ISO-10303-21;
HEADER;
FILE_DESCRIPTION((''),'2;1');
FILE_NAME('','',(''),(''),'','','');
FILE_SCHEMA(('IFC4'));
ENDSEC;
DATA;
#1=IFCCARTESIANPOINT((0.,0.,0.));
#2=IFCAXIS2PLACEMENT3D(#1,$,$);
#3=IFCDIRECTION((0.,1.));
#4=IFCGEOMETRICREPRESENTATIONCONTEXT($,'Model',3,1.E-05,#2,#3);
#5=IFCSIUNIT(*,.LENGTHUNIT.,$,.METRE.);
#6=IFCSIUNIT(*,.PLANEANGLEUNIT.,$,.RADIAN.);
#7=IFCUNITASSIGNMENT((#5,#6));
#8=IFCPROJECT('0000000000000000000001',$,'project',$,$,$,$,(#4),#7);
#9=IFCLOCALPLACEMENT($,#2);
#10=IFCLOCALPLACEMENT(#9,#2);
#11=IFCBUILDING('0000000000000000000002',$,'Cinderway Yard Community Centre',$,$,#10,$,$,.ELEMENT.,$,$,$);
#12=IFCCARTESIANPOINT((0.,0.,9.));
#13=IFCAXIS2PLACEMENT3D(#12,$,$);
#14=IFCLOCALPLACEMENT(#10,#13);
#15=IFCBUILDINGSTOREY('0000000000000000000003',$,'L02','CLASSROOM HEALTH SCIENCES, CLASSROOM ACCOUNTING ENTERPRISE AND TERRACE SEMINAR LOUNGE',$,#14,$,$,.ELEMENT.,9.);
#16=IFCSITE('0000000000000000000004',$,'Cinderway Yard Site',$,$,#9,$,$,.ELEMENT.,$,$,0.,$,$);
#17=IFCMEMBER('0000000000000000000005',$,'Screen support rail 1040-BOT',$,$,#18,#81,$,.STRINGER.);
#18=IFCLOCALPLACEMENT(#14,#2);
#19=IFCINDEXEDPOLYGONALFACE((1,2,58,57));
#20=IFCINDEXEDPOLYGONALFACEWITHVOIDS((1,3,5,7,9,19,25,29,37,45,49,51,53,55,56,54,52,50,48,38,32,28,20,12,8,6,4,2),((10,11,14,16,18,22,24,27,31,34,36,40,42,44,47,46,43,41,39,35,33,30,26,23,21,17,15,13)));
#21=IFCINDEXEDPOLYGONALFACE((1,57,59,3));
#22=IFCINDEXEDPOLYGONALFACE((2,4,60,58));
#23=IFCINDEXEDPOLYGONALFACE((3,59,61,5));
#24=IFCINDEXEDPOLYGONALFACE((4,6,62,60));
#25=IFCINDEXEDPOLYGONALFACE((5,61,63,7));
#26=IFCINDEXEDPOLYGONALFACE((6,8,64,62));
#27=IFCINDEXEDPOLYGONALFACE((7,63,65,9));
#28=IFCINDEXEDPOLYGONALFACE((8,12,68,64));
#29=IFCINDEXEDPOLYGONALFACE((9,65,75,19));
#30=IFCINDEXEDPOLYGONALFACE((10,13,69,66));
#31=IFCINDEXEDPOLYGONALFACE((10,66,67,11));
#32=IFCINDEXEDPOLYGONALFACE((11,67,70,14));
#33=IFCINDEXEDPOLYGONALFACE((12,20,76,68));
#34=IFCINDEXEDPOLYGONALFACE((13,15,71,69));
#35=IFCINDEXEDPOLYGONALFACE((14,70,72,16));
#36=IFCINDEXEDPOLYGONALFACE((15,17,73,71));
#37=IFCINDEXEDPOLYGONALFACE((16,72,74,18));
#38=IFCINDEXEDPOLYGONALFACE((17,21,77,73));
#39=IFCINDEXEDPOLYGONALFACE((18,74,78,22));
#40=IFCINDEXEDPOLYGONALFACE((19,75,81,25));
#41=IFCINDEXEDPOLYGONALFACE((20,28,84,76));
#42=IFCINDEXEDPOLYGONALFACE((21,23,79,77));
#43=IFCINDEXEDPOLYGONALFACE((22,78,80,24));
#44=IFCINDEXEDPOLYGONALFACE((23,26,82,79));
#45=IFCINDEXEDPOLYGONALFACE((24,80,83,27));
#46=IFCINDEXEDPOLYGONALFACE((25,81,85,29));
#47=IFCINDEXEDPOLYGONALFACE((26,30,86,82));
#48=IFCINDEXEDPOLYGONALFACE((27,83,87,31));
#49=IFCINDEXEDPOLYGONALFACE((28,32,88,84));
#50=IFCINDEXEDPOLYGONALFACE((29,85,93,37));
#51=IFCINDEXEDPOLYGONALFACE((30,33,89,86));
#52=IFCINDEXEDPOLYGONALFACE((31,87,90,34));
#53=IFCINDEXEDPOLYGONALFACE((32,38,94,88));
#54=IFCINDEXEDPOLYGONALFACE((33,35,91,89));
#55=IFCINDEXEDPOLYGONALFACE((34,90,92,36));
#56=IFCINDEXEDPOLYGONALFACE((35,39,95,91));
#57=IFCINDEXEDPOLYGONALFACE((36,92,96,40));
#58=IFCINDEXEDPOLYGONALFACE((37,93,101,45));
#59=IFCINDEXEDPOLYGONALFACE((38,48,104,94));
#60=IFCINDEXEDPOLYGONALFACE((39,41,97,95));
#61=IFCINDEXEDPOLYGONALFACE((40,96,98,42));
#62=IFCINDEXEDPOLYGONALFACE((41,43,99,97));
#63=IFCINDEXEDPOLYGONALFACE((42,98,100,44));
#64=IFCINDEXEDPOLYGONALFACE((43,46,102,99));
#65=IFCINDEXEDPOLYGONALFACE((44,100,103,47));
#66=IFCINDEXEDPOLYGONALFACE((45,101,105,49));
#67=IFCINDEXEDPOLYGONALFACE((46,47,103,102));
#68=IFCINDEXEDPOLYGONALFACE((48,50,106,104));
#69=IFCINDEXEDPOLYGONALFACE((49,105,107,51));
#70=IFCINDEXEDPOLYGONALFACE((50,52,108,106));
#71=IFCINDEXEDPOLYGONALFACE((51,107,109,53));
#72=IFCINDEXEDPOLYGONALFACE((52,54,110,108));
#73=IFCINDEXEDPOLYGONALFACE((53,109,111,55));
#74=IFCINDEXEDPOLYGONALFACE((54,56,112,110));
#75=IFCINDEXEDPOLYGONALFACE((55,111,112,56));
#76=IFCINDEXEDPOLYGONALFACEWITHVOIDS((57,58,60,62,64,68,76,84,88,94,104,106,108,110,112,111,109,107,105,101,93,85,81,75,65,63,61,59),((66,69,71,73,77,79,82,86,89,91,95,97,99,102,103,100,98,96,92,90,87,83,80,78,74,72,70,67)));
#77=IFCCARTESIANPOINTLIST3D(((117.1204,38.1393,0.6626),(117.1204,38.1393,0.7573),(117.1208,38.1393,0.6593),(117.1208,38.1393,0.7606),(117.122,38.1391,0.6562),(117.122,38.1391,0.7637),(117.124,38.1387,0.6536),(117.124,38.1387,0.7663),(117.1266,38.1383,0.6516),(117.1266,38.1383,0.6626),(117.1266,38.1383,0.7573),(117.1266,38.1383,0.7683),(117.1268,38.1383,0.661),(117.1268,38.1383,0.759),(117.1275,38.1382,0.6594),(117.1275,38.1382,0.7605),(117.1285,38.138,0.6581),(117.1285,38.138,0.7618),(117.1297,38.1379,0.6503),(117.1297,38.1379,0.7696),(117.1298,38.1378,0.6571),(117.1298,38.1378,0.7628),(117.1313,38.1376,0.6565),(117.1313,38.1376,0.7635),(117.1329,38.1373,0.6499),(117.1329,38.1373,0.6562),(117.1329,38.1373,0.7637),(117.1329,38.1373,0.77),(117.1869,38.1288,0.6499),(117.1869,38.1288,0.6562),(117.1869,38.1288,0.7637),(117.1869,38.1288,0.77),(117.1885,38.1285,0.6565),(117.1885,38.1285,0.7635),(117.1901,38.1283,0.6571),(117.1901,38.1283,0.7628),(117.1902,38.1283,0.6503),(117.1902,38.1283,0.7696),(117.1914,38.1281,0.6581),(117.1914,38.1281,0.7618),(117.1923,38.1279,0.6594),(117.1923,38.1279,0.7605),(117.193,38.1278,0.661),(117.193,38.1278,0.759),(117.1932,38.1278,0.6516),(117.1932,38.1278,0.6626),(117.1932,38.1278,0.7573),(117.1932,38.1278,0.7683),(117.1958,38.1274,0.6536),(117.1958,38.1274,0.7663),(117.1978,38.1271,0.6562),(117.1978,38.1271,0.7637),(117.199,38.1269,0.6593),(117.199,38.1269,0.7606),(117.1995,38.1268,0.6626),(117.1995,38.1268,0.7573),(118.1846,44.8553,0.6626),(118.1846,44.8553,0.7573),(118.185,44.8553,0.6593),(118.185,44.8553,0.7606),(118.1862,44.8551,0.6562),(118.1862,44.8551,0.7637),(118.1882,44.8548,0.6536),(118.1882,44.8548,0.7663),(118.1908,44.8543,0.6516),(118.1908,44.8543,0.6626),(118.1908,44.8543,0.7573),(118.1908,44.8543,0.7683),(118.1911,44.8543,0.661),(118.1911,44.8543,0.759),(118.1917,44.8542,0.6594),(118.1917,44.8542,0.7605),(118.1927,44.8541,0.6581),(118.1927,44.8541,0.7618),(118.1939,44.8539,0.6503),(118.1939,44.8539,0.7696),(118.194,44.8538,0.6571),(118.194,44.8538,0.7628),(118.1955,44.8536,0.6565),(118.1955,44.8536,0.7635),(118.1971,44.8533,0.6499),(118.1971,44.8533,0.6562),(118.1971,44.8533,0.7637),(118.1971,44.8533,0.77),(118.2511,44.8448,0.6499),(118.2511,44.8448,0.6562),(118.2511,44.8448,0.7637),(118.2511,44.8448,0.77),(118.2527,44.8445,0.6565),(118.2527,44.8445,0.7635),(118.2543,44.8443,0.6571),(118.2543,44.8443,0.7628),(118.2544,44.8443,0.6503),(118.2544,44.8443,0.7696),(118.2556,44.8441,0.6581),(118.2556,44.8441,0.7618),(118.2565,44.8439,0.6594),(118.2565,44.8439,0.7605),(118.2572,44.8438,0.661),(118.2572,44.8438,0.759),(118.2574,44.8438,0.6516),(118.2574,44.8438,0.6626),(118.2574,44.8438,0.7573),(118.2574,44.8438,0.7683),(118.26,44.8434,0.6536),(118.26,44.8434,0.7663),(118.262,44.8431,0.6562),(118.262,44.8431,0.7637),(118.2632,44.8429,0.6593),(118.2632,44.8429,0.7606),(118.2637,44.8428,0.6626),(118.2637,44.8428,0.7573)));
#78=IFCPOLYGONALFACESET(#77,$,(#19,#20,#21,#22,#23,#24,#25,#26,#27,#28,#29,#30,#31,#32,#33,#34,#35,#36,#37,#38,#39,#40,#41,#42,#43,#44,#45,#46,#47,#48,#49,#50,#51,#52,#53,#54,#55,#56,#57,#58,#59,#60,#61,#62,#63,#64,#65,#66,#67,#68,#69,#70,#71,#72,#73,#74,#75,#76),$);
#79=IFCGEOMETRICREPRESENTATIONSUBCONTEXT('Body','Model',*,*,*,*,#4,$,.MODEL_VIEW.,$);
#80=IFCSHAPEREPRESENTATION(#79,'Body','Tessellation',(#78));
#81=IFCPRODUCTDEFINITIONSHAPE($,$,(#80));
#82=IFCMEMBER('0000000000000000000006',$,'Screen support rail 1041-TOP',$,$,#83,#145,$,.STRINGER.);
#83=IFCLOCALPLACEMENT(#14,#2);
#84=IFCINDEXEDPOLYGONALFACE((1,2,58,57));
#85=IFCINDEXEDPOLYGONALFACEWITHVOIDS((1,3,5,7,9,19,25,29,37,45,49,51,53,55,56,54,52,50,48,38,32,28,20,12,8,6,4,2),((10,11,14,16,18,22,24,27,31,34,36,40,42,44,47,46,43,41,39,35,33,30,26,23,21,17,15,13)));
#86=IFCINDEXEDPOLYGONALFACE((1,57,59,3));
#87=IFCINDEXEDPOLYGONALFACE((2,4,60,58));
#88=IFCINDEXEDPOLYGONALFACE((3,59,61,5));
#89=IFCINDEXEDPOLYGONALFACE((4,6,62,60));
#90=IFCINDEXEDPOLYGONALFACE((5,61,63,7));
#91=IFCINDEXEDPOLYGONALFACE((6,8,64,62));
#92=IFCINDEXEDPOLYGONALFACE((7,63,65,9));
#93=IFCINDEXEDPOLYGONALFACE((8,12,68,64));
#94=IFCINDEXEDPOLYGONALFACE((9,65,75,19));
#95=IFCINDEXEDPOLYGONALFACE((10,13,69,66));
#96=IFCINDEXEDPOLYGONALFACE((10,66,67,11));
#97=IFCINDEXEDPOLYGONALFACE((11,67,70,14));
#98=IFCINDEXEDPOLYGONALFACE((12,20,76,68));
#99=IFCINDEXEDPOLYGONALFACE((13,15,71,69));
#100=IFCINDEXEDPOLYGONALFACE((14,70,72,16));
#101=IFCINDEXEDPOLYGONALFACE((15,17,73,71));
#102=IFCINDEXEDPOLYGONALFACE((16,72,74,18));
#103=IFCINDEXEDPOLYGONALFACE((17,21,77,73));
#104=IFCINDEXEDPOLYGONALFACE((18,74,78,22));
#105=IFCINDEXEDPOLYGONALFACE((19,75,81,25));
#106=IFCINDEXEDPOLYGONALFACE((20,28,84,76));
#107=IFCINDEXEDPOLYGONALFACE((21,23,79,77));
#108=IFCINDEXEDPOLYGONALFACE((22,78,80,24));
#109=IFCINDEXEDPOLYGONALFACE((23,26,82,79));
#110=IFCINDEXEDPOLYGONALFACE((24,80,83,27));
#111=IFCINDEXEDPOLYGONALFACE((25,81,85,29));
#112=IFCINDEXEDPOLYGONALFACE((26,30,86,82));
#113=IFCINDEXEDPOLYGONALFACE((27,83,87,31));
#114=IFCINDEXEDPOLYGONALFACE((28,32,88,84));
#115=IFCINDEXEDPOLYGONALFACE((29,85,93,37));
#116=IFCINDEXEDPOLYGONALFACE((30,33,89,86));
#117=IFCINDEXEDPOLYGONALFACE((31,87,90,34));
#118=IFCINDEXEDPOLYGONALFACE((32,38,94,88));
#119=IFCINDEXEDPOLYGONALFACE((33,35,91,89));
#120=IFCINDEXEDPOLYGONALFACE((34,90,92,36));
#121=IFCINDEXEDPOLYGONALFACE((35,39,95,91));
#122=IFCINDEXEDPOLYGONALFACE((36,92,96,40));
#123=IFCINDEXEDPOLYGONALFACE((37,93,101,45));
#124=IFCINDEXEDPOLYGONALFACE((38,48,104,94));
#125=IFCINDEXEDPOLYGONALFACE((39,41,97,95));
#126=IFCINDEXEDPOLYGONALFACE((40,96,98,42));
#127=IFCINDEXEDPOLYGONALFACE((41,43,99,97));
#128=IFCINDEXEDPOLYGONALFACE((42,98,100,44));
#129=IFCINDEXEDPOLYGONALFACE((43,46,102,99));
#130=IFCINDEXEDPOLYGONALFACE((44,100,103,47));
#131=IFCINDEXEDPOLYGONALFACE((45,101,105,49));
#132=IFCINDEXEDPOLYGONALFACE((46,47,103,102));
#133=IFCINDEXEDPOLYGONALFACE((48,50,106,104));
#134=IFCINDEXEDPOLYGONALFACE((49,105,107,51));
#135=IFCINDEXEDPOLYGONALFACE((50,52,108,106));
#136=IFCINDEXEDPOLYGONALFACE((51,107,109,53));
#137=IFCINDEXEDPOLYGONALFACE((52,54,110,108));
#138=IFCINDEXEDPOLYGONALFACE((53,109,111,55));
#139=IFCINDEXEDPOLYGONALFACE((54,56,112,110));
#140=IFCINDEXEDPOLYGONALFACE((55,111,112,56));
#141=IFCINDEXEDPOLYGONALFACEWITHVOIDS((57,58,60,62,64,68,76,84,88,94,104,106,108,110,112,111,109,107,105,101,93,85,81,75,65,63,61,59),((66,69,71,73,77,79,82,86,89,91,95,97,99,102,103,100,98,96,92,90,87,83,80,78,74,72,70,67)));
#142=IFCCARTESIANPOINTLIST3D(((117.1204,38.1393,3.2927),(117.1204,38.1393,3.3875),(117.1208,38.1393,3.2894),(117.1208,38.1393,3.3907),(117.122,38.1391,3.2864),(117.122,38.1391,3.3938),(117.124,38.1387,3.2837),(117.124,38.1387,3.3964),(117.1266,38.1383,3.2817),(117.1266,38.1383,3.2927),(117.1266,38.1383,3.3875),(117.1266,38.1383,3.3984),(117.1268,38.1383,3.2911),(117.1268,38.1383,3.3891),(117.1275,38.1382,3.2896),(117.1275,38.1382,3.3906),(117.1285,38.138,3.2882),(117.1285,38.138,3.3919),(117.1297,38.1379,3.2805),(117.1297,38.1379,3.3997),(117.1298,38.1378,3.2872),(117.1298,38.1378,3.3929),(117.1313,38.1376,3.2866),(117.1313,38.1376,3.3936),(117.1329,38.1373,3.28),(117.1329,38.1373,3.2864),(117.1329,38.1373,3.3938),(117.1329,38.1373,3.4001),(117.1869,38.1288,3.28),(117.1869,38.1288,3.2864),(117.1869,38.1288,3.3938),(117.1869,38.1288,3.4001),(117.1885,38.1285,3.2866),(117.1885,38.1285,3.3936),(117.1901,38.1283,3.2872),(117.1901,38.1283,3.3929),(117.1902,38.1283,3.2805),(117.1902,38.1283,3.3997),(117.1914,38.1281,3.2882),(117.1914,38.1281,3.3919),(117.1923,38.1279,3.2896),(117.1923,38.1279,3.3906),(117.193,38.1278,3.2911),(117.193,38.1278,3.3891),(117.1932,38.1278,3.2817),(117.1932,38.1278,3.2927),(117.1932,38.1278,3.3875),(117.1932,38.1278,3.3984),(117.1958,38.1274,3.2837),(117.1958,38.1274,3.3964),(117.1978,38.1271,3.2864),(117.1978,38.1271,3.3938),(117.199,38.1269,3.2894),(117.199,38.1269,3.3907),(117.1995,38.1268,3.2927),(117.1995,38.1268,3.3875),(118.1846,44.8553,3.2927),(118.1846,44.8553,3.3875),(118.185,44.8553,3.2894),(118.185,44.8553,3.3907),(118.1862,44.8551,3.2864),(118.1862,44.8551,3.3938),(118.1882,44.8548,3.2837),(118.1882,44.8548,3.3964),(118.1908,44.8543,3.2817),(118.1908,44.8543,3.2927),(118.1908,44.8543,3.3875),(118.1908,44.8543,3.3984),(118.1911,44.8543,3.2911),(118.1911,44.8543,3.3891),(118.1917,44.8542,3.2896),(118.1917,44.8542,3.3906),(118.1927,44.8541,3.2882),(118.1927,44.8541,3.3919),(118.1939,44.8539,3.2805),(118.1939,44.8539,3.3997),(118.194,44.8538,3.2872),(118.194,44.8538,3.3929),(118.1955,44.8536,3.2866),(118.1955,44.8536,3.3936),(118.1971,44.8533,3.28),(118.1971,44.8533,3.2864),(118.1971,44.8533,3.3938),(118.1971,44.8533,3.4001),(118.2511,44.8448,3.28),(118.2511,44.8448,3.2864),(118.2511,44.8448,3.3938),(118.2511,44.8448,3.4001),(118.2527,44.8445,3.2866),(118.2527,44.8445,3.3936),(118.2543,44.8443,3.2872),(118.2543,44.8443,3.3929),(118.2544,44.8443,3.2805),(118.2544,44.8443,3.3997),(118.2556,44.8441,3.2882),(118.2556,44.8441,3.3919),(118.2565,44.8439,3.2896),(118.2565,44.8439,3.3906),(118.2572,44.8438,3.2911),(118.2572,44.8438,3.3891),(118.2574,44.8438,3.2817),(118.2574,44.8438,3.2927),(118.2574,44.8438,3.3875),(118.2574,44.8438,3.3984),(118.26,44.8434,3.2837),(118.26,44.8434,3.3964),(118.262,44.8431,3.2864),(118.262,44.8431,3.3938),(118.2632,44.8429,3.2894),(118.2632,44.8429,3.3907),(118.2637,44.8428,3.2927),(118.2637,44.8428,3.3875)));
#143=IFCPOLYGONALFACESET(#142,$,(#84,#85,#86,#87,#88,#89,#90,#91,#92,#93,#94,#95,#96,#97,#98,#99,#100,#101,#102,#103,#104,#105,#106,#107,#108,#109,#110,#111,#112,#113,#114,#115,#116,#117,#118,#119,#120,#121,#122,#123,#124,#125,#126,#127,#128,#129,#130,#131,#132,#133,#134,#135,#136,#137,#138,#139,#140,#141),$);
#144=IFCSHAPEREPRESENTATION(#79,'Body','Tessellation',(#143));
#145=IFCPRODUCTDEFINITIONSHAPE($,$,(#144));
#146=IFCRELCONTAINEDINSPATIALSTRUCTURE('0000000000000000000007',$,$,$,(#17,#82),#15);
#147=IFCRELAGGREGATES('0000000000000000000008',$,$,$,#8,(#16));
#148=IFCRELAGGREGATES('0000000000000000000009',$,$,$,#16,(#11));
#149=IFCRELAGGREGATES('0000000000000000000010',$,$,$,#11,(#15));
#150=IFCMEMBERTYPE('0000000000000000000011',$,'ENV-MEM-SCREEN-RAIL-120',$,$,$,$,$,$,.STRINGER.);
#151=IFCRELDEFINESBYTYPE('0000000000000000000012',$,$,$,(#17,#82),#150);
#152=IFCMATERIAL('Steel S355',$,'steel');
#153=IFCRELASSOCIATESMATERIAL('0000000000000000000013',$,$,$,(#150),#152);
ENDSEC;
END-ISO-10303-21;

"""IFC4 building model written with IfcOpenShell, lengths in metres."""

from ifc_helpers import new_model, si_unit, direction, frame, origin, origin_2d, place, context, subcontext, project, spatial, hollow_rectangle, extrude, material, material_profile, profile_set, type_object, element, save


model = new_model("IFC4")

# Units and contexts
model_context = context("Model", 3, precision=1e-05, world=origin(), true_north=direction((0.0, 1.0)))
body_context = subcontext(model_context, "Body", "Model", "MODEL_VIEW")
ifc_project = project(units=[si_unit("LENGTHUNIT", "METRE"), si_unit("PLANEANGLEUNIT", "RADIAN")], contexts=[model_context])

# Site, building, storey
site_placement = place(None, origin())
site = spatial("IfcSite", under=ifc_project, at=site_placement, Name="Cinderway Yard Site", CompositionType="ELEMENT", RefElevation=0.0)
building_placement = place(site_placement, origin())
building = spatial("IfcBuilding", under=site, at=building_placement, Name="Cinderway Yard Community Centre", CompositionType="ELEMENT")
storey_placement = place(building_placement, frame((0.0, 0.0, 9.0)))
storey = spatial("IfcBuildingStorey", under=building, at=storey_placement, Name="L02", Description="CLASSROOM HEALTH SCIENCES, CLASSROOM ACCOUNTING ENTERPRISE AND TERRACE SEMINAR LOUNGE", CompositionType="ELEMENT", Elevation=9.0)

# Members
ifc_material_1 = material(Name="Steel S355", Category="steel")
ifc_material_profile_1 = material_profile(ifc_material_1, hollow_rectangle(XDim=0.0801, YDim=0.1201, WallThickness=0.0063, InnerFilletRadius=0.0063, OuterFilletRadius=0.0127, at=origin_2d()), Name="Steel S355")
ifc_profile_set_1 = profile_set([ifc_material_profile_1], Name="Steel S355")
member_type_1 = type_object("IfcMemberType", Name="ENV-MEM-SCREEN-RAIL-120", PredefinedType="STRINGER", material=ifc_profile_set_1)
for number, where, z_axis, x_axis, name in (
    (1, (117.1599, 38.1331, 0.71), (0.156505, 0.987677, 0.0), (-0.987677, 0.156505, 0.0), "Screen support rail 1040-BOT"),
    (2, (117.1599, 38.1331, 3.3401), (0.156505, 0.987677, 0.0), (-0.987677, 0.156505, 0.0), "Screen support rail 1041-TOP"),
):
    element("IfcMember", number, at=place(storey_placement, frame(where, z_axis=z_axis, x_axis=x_axis)), inside=storey, type_object=member_type_1, Name=name, PredefinedType="STRINGER", context=body_context, shape_type="SweptSolid", body=[
        extrude(hollow_rectangle(XDim=0.0801, YDim=0.1201, WallThickness=0.0063, InnerFilletRadius=0.0063, OuterFilletRadius=0.0127, at=origin_2d()), origin(), (0.0, 0.0, 1.0), 6.7998),
    ])

save(model, "model.ifc")
